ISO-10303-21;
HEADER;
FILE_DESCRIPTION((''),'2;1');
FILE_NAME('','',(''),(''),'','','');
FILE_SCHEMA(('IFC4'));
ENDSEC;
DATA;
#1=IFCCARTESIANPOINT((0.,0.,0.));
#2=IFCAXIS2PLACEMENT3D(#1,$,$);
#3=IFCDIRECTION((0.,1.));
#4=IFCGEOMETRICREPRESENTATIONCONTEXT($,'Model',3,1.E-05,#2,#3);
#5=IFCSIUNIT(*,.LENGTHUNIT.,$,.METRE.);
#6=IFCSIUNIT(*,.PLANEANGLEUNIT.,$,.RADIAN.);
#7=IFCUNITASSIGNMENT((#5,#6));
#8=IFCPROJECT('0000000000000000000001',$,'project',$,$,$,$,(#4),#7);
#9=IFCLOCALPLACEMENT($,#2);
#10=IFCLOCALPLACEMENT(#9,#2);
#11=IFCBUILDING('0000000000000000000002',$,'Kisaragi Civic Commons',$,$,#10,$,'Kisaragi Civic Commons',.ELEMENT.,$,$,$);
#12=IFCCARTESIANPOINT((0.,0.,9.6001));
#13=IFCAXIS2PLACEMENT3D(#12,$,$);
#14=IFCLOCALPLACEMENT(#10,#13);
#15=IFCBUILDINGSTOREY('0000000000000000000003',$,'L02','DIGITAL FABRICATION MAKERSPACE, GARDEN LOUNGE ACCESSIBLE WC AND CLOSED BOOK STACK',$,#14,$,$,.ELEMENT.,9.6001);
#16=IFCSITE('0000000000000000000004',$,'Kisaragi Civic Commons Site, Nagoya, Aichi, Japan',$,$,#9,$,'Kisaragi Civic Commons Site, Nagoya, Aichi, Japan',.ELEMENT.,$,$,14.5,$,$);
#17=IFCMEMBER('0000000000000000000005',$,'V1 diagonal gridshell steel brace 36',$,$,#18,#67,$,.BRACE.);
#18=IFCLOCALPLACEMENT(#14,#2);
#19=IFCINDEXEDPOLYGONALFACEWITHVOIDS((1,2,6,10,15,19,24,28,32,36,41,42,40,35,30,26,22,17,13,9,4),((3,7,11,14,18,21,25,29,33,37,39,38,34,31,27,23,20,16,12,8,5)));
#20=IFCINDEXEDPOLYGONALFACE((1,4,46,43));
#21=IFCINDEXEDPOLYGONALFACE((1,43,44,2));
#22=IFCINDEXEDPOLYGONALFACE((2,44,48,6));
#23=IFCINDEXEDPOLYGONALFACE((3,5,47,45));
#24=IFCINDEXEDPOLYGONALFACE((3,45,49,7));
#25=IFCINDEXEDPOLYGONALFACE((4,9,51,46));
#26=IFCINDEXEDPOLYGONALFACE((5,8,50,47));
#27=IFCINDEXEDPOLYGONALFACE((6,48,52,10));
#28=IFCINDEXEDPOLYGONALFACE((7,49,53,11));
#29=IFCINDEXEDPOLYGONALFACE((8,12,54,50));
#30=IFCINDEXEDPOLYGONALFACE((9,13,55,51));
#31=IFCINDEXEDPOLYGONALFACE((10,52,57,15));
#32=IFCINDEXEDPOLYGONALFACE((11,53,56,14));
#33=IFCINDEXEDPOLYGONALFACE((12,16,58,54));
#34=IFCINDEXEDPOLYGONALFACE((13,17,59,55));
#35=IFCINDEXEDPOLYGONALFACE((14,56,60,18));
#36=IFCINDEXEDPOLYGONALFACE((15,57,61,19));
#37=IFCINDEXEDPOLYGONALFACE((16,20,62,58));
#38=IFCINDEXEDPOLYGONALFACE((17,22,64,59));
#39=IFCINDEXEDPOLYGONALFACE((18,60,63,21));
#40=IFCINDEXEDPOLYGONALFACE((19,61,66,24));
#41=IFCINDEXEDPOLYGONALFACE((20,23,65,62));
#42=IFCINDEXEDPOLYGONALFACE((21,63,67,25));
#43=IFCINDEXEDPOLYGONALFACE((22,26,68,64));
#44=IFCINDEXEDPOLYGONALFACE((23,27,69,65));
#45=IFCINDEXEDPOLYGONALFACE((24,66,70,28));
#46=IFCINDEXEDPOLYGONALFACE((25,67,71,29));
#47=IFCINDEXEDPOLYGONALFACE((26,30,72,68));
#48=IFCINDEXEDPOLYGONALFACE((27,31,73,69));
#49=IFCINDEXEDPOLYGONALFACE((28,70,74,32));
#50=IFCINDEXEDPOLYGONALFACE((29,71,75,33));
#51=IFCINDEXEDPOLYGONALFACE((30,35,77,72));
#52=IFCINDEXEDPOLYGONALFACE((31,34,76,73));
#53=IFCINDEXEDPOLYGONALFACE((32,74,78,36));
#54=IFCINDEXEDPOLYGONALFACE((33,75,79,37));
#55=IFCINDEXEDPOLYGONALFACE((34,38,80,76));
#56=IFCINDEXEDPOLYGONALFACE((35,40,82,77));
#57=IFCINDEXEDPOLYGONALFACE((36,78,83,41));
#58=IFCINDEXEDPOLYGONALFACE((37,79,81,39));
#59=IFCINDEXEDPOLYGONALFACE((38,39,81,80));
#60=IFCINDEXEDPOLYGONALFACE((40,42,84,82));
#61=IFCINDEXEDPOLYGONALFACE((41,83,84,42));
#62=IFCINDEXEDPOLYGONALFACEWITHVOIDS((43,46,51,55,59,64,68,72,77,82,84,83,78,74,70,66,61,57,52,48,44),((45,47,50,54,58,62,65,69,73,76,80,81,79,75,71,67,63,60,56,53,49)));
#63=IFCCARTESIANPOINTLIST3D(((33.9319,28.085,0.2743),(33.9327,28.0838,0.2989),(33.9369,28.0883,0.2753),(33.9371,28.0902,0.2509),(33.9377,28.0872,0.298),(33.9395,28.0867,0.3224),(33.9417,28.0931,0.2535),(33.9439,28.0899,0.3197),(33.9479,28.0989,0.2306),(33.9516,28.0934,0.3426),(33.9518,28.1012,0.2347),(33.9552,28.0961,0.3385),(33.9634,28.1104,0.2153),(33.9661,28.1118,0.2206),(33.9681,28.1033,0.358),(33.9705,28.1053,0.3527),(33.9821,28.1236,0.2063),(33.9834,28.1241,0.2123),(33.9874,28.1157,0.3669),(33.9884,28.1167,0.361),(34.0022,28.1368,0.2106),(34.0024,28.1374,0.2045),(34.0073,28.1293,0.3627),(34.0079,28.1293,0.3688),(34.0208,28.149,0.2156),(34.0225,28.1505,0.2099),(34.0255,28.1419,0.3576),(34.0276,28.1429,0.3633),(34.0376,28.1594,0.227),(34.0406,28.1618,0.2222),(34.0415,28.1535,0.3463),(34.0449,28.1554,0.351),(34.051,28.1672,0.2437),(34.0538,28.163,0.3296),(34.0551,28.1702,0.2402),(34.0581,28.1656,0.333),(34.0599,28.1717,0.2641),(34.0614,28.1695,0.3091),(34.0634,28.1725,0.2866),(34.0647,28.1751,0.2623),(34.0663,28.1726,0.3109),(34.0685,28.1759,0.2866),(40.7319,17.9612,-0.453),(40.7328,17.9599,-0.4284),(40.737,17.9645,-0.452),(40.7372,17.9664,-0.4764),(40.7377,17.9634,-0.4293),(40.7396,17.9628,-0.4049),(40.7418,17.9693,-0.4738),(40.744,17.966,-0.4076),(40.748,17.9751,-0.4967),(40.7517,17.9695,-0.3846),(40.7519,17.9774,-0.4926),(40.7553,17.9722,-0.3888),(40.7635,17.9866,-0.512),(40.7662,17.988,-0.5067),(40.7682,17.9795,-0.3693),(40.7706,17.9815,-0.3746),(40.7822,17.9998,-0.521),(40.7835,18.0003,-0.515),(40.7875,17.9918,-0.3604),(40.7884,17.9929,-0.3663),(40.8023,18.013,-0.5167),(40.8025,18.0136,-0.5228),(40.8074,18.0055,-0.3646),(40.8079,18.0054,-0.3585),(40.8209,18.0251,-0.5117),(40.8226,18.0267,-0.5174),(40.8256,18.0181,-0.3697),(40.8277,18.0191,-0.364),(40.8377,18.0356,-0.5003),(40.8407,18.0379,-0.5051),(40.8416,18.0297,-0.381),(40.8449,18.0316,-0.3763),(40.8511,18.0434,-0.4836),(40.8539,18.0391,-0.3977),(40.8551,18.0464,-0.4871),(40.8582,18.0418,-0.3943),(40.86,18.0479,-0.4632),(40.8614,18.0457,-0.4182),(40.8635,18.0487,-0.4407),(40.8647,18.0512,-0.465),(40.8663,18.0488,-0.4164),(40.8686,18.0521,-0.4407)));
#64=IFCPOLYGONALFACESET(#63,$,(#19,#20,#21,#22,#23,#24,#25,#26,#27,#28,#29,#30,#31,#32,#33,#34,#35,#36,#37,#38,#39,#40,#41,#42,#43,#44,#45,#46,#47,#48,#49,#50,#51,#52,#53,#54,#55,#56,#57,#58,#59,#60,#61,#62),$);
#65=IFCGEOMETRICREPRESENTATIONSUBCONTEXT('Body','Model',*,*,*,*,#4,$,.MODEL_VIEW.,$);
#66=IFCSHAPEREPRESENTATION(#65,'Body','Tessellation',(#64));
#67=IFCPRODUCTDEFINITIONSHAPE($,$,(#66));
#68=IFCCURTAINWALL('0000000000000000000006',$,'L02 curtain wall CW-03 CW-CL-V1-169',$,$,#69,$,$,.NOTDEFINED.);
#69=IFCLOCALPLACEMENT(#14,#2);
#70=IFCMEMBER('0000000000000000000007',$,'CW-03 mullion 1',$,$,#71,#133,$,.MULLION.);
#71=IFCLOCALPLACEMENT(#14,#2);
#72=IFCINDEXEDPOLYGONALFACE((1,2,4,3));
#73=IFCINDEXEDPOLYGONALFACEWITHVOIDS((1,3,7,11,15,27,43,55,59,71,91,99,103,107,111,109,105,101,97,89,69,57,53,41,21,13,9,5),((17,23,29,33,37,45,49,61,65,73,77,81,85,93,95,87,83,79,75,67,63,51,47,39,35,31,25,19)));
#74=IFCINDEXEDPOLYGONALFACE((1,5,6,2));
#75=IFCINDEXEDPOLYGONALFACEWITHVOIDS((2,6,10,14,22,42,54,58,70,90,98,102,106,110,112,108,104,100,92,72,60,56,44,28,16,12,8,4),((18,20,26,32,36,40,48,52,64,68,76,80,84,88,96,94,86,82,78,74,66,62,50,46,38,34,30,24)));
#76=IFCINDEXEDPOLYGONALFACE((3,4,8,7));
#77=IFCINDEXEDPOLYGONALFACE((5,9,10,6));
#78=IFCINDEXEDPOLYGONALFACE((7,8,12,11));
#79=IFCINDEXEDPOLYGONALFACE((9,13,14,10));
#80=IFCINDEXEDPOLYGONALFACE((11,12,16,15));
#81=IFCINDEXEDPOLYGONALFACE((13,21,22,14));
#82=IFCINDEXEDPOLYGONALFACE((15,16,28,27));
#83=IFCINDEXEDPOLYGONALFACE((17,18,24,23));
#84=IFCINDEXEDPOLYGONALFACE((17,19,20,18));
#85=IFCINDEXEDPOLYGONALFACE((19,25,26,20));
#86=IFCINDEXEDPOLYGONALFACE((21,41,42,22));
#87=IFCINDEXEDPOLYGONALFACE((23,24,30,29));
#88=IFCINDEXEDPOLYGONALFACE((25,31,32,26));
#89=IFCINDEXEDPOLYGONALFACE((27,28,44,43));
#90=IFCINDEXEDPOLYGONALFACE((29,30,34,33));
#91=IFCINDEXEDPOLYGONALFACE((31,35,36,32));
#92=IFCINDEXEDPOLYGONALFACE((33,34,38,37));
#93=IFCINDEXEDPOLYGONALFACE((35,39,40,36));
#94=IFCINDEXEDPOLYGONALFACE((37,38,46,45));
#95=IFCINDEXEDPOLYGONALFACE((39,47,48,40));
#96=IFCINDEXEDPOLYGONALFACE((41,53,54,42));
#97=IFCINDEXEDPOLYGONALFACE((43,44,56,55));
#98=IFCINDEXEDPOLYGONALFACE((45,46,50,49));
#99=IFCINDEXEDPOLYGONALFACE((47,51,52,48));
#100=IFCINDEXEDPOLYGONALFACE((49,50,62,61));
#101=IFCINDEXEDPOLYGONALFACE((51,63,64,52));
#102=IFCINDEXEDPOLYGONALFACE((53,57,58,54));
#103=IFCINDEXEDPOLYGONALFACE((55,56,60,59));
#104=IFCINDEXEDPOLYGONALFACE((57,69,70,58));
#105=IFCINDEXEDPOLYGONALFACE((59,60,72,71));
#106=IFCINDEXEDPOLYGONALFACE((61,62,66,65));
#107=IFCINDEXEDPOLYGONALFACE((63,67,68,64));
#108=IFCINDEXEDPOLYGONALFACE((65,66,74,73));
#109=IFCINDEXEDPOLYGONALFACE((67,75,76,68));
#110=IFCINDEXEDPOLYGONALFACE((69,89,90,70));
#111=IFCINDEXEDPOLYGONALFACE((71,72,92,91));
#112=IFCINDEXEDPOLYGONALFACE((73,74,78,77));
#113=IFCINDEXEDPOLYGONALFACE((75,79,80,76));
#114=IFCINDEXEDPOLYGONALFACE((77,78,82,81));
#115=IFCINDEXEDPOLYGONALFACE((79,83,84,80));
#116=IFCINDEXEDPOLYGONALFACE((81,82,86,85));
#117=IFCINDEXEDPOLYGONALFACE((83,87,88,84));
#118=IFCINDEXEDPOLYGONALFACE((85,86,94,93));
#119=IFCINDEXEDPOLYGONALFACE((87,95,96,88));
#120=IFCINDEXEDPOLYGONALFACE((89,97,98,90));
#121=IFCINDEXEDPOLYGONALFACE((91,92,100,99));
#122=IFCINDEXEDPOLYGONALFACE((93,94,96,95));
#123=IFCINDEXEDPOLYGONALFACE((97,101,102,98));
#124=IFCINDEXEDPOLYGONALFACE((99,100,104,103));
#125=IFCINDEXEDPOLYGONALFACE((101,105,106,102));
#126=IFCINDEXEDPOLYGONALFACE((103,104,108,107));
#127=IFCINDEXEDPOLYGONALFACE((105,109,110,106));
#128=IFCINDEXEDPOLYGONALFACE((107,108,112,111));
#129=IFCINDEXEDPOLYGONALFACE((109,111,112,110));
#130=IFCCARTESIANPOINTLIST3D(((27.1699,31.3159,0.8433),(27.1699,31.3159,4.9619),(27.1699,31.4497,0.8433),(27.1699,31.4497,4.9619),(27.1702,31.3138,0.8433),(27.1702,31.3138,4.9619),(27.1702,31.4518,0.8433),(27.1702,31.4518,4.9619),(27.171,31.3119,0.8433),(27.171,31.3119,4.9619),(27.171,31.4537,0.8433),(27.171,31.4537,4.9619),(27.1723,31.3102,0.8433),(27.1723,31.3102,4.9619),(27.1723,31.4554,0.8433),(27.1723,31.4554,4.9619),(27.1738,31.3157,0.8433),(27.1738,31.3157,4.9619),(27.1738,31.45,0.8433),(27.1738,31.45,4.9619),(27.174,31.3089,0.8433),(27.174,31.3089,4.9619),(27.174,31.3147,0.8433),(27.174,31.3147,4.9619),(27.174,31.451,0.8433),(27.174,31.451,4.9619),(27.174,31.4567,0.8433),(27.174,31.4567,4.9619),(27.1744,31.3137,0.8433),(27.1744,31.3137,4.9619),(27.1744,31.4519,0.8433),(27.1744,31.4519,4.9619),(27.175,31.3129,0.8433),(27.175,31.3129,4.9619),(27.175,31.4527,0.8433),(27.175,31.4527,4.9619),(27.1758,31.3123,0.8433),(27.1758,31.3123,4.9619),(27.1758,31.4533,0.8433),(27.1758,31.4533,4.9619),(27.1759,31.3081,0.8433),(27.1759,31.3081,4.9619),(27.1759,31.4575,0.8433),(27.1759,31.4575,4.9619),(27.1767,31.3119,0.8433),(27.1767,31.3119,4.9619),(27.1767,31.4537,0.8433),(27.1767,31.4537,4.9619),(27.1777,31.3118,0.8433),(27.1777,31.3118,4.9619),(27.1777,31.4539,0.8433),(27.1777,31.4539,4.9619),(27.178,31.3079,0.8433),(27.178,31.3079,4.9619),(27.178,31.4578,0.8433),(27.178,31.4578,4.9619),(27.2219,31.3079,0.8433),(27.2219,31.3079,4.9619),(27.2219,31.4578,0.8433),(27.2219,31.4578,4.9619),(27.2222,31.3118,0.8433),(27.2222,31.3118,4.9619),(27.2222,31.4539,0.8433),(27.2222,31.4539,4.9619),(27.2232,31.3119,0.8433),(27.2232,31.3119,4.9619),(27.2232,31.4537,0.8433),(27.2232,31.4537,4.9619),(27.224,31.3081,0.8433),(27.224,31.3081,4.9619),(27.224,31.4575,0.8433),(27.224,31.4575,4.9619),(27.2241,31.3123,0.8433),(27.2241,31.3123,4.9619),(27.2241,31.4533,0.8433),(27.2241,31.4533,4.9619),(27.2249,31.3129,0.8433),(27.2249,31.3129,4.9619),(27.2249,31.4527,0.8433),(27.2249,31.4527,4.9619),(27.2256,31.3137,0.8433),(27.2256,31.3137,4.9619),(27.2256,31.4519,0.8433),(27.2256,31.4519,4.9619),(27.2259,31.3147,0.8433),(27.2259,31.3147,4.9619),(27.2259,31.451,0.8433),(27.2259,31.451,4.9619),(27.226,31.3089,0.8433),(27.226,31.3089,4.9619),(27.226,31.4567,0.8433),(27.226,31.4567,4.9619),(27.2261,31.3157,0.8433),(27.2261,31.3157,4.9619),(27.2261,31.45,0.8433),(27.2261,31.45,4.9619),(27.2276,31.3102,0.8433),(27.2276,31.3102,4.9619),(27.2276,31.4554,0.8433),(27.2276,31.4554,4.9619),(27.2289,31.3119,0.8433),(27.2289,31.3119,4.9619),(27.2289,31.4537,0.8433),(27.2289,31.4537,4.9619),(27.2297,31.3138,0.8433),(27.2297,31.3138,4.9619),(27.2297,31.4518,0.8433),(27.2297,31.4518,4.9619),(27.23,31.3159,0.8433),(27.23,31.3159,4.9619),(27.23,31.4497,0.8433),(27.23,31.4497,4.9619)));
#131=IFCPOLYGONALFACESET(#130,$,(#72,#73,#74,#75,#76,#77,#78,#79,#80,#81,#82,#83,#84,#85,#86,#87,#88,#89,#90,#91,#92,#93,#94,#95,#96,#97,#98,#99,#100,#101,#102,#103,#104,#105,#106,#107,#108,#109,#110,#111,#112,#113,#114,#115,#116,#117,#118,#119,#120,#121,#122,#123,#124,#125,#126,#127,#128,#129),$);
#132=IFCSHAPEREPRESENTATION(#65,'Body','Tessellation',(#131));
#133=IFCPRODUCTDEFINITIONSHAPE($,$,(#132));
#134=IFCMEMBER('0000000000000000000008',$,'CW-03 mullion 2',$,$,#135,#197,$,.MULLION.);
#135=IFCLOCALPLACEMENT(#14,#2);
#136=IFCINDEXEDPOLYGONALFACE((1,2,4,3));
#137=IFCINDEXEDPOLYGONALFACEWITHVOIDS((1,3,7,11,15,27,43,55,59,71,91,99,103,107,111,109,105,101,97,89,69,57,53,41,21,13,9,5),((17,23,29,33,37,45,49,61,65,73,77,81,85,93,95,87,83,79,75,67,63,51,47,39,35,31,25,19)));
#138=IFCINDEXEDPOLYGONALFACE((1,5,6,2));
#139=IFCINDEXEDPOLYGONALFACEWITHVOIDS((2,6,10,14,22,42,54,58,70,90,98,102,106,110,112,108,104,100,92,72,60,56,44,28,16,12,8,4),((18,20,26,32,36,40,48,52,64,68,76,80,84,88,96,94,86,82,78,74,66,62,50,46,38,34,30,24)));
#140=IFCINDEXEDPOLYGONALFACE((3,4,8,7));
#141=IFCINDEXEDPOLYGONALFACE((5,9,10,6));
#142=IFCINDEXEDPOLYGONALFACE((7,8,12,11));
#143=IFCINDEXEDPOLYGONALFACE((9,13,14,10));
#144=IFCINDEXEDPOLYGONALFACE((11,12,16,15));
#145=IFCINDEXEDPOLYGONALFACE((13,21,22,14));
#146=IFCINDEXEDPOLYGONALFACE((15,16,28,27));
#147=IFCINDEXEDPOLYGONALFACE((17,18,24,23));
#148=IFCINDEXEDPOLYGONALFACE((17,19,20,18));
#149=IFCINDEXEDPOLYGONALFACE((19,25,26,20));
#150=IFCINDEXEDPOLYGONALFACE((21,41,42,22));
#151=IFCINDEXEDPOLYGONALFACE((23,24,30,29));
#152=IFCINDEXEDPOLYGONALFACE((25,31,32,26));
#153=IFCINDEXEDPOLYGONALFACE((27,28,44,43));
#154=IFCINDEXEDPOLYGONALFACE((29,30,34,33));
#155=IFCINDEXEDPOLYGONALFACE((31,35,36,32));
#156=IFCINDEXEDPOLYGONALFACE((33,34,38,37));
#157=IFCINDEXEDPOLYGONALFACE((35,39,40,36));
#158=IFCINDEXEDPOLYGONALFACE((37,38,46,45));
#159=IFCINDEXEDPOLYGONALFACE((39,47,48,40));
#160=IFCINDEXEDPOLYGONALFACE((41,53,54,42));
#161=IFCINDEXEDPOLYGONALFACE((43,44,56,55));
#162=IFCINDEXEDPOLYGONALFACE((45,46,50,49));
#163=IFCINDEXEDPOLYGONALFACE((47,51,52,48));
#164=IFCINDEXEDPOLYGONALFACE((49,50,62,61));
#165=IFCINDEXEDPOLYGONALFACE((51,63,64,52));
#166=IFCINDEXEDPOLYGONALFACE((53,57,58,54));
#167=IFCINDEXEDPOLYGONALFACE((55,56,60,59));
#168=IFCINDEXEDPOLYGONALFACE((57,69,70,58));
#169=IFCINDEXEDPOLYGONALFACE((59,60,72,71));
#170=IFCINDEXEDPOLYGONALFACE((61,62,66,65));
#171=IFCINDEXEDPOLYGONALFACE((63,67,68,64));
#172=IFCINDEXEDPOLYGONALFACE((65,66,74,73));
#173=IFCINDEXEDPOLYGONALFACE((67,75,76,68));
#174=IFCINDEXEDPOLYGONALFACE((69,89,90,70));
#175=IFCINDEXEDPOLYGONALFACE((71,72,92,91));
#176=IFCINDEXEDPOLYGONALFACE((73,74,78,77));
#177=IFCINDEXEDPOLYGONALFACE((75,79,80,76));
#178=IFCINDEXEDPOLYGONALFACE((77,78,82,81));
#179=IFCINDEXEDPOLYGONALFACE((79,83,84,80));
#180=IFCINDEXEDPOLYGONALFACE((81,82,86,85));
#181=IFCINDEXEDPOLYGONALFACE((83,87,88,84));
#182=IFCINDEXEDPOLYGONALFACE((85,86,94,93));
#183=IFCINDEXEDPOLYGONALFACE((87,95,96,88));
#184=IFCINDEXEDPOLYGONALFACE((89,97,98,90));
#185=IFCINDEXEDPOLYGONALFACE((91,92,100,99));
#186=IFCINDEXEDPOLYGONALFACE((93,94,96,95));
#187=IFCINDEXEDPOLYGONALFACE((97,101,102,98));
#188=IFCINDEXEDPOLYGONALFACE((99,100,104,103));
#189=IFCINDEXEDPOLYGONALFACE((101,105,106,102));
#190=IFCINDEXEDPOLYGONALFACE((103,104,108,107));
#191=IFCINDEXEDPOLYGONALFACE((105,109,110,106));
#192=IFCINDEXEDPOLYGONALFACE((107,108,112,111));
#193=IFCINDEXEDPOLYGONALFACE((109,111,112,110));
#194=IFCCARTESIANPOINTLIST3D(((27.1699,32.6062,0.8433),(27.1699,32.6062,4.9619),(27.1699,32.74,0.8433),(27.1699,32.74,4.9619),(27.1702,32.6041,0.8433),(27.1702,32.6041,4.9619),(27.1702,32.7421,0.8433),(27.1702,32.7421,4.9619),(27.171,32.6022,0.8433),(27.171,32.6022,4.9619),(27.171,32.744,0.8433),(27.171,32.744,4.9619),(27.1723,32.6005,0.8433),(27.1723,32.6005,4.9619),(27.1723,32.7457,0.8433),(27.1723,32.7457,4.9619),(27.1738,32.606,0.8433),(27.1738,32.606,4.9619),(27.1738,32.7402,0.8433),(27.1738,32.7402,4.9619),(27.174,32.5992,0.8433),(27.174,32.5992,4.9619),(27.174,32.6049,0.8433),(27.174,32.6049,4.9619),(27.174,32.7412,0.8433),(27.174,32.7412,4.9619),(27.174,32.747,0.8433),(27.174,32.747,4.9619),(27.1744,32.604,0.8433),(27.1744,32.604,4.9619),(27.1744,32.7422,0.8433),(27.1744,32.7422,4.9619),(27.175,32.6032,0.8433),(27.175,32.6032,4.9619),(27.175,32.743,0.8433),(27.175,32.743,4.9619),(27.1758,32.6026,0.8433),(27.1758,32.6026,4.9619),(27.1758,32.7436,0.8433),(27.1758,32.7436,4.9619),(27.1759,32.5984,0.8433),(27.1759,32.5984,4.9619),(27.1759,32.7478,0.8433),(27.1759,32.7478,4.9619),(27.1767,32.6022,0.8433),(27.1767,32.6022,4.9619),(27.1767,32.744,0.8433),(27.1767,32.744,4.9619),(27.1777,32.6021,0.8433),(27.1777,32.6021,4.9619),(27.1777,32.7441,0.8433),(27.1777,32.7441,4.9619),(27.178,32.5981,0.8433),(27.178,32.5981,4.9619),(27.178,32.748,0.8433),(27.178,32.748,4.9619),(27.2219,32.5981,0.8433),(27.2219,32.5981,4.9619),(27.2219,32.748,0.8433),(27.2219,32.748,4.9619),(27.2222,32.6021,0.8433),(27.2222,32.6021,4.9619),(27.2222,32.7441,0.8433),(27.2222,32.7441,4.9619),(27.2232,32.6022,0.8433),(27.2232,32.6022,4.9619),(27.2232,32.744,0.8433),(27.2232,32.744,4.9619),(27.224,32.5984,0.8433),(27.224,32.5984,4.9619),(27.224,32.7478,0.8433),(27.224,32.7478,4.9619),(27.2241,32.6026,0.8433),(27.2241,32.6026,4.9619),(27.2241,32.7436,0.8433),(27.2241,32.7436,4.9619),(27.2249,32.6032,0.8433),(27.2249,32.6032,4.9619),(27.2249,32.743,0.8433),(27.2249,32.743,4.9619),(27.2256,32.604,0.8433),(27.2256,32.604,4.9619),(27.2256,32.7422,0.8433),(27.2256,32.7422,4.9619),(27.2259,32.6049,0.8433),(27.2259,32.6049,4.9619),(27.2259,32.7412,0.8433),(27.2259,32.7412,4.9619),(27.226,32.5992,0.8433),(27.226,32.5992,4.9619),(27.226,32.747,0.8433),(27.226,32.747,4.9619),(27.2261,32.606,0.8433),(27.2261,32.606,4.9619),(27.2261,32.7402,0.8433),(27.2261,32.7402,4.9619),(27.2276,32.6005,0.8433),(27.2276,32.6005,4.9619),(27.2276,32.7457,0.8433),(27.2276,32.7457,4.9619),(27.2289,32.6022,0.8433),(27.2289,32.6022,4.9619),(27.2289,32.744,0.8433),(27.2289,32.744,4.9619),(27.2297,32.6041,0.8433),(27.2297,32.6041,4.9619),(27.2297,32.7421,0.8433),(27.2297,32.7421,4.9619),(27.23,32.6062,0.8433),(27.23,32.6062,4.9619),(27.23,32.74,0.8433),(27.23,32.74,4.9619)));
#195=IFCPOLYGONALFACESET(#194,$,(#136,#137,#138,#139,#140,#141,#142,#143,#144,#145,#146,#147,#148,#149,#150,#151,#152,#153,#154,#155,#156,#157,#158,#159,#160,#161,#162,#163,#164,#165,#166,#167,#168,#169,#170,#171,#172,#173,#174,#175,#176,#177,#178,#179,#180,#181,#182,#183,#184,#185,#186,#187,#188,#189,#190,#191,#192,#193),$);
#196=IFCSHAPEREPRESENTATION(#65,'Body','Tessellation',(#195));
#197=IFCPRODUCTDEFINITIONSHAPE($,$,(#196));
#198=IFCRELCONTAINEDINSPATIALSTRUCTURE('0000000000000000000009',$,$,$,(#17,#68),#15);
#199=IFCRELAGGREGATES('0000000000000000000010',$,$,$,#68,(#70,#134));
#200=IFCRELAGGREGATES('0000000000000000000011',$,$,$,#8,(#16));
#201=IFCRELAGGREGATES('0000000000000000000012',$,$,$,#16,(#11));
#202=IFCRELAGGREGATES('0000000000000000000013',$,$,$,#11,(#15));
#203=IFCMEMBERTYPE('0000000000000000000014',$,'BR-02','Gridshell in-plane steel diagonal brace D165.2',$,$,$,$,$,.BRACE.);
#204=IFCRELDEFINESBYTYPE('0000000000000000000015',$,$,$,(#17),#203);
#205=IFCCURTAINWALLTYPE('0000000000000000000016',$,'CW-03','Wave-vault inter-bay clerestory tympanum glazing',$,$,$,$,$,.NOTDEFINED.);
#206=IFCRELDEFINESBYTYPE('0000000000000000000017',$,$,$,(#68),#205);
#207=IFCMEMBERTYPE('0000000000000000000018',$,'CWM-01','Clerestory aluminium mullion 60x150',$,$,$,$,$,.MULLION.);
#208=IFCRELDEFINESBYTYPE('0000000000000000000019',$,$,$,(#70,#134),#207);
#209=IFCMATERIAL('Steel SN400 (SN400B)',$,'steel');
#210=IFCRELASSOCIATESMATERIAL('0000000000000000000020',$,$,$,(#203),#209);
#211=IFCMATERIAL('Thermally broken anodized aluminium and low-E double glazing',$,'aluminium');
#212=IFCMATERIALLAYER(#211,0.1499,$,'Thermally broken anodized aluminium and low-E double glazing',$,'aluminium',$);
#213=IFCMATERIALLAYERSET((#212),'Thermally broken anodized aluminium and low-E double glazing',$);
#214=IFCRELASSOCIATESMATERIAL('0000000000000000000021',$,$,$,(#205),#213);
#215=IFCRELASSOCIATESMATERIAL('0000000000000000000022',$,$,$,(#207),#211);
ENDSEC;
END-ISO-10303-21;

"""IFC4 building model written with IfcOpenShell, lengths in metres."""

from ifc_helpers import new_model, si_unit, direction, frame, origin, origin_2d, place, context, subcontext, project, spatial, hollow_rectangle, hollow_circle, extrude, material, layer, layer_set, material_profile, profile_set, type_object, element, aggregate, save


model = new_model("IFC4")

# Units and contexts
model_context = context("Model", 3, precision=1e-05, world=origin(), true_north=direction((0.0, 1.0)))
body_context = subcontext(model_context, "Body", "Model", "MODEL_VIEW")
ifc_project = project(units=[si_unit("LENGTHUNIT", "METRE"), si_unit("PLANEANGLEUNIT", "RADIAN")], contexts=[model_context])

# Site, building, storey
site_placement = place(None, origin())
site = spatial("IfcSite", under=ifc_project, at=site_placement, Name="Kisaragi Civic Commons Site, Nagoya, Aichi, Japan", LongName="Kisaragi Civic Commons Site, Nagoya, Aichi, Japan", CompositionType="ELEMENT", RefElevation=14.5)
building_placement = place(site_placement, origin())
building = spatial("IfcBuilding", under=site, at=building_placement, Name="Kisaragi Civic Commons", LongName="Kisaragi Civic Commons", CompositionType="ELEMENT")
storey_placement = place(building_placement, frame((0.0, 0.0, 9.6001)))
storey = spatial("IfcBuildingStorey", under=building, at=storey_placement, Name="L02", Description="DIGITAL FABRICATION MAKERSPACE, GARDEN LOUNGE ACCESSIBLE WC AND CLOSED BOOK STACK", CompositionType="ELEMENT", Elevation=9.6001)

# Member
ifc_material_1 = material(Name="Steel SN400 (SN400B)", Category="steel")
ifc_material_profile_1 = material_profile(ifc_material_1, hollow_circle(Radius=0.0825, WallThickness=0.0061, at=origin_2d()), Name="CHS-165.2x6.0", Category="steel")
ifc_profile_set_1 = profile_set([ifc_material_profile_1], Name="Steel SN400 (SN400B)")
member_type_1 = type_object("IfcMemberType", Name="BR-02", Description="Gridshell in-plane steel diagonal brace D165.2", PredefinedType="BRACE", material=ifc_profile_set_1)
member_1_placement = place(storey_placement, frame((34.0, 28.1299, 0.2866), z_axis=(0.556595, -0.828648, -0.05953), x_axis=(0.83012, 0.557584, 0.0)))
element("IfcMember", 1, at=member_1_placement, inside=storey, type_object=member_type_1, Name="V1 diagonal gridshell steel brace 36", PredefinedType="BRACE", context=body_context, shape_type="SweptSolid", body=[
    extrude(hollow_circle(Radius=0.0825, WallThickness=0.0061, at=origin_2d()), origin(), (0.0, 0.0, 1.0), 12.2173),
])

# Curtain wall, members
ifc_material_2 = material(Name="Thermally broken anodized aluminium and low-E double glazing", Category="aluminium")
ifc_layer_1 = layer(ifc_material_2, 0.1499, Name="Thermally broken anodized aluminium and low-E double glazing", Category="aluminium")
ifc_layer_set_1 = layer_set([ifc_layer_1], Name="Thermally broken anodized aluminium and low-E double glazing")
curtain_wall_type = type_object("IfcCurtainWallType", Name="CW-03", Description="Wave-vault inter-bay clerestory tympanum glazing", PredefinedType="NOTDEFINED", material=ifc_layer_set_1)
curtain_wall_placement = place(storey_placement, origin())
curtain_wall = element("IfcCurtainWall", 2, at=curtain_wall_placement, inside=storey, type_object=curtain_wall_type, Name="L02 curtain wall CW-03 CW-CL-V1-169", PredefinedType="NOTDEFINED")
ifc_material_profile_2 = material_profile(ifc_material_2, hollow_rectangle(XDim=0.0601, YDim=0.1499, WallThickness=0.0039, InnerFilletRadius=0.0039, OuterFilletRadius=0.0081, at=origin_2d()), Name="CWM-60x150x4", Category="aluminium")
ifc_profile_set_2 = profile_set([ifc_material_profile_2], Name="Thermally broken anodized aluminium and low-E double glazing")
member_type_2 = type_object("IfcMemberType", Name="CWM-01", Description="Clerestory aluminium mullion 60x150", PredefinedType="MULLION", material=ifc_profile_set_2)
member_2_placement = place(storey_placement, frame((27.2, 31.3828, 0.8433), z_axis=(0.0, 0.0, 1.0), x_axis=(-1.0, 0.0, 0.0)))
member_2 = element("IfcMember", 3, at=member_2_placement, type_object=member_type_2, Name="CW-03 mullion 1", PredefinedType="MULLION", context=body_context, shape_type="SweptSolid", body=[
    extrude(hollow_rectangle(XDim=0.0601, YDim=0.1499, WallThickness=0.0039, InnerFilletRadius=0.0039, OuterFilletRadius=0.0081, at=origin_2d()), origin(), (0.0, 0.0, 1.0), 4.1187),
])
member_3_placement = place(storey_placement, frame((27.2, 32.6731, 0.8433), z_axis=(0.0, 0.0, 1.0), x_axis=(-1.0, 0.0, 0.0)))
member_3 = element("IfcMember", 4, at=member_3_placement, type_object=member_type_2, Name="CW-03 mullion 2", PredefinedType="MULLION", context=body_context, shape_type="SweptSolid", body=[
    extrude(hollow_rectangle(XDim=0.0601, YDim=0.1499, WallThickness=0.0039, InnerFilletRadius=0.0039, OuterFilletRadius=0.0081, at=origin_2d()), origin(), (0.0, 0.0, 1.0), 4.1187),
])

aggregate(curtain_wall, [member_2, member_3])

save(model, "model.ifc")
